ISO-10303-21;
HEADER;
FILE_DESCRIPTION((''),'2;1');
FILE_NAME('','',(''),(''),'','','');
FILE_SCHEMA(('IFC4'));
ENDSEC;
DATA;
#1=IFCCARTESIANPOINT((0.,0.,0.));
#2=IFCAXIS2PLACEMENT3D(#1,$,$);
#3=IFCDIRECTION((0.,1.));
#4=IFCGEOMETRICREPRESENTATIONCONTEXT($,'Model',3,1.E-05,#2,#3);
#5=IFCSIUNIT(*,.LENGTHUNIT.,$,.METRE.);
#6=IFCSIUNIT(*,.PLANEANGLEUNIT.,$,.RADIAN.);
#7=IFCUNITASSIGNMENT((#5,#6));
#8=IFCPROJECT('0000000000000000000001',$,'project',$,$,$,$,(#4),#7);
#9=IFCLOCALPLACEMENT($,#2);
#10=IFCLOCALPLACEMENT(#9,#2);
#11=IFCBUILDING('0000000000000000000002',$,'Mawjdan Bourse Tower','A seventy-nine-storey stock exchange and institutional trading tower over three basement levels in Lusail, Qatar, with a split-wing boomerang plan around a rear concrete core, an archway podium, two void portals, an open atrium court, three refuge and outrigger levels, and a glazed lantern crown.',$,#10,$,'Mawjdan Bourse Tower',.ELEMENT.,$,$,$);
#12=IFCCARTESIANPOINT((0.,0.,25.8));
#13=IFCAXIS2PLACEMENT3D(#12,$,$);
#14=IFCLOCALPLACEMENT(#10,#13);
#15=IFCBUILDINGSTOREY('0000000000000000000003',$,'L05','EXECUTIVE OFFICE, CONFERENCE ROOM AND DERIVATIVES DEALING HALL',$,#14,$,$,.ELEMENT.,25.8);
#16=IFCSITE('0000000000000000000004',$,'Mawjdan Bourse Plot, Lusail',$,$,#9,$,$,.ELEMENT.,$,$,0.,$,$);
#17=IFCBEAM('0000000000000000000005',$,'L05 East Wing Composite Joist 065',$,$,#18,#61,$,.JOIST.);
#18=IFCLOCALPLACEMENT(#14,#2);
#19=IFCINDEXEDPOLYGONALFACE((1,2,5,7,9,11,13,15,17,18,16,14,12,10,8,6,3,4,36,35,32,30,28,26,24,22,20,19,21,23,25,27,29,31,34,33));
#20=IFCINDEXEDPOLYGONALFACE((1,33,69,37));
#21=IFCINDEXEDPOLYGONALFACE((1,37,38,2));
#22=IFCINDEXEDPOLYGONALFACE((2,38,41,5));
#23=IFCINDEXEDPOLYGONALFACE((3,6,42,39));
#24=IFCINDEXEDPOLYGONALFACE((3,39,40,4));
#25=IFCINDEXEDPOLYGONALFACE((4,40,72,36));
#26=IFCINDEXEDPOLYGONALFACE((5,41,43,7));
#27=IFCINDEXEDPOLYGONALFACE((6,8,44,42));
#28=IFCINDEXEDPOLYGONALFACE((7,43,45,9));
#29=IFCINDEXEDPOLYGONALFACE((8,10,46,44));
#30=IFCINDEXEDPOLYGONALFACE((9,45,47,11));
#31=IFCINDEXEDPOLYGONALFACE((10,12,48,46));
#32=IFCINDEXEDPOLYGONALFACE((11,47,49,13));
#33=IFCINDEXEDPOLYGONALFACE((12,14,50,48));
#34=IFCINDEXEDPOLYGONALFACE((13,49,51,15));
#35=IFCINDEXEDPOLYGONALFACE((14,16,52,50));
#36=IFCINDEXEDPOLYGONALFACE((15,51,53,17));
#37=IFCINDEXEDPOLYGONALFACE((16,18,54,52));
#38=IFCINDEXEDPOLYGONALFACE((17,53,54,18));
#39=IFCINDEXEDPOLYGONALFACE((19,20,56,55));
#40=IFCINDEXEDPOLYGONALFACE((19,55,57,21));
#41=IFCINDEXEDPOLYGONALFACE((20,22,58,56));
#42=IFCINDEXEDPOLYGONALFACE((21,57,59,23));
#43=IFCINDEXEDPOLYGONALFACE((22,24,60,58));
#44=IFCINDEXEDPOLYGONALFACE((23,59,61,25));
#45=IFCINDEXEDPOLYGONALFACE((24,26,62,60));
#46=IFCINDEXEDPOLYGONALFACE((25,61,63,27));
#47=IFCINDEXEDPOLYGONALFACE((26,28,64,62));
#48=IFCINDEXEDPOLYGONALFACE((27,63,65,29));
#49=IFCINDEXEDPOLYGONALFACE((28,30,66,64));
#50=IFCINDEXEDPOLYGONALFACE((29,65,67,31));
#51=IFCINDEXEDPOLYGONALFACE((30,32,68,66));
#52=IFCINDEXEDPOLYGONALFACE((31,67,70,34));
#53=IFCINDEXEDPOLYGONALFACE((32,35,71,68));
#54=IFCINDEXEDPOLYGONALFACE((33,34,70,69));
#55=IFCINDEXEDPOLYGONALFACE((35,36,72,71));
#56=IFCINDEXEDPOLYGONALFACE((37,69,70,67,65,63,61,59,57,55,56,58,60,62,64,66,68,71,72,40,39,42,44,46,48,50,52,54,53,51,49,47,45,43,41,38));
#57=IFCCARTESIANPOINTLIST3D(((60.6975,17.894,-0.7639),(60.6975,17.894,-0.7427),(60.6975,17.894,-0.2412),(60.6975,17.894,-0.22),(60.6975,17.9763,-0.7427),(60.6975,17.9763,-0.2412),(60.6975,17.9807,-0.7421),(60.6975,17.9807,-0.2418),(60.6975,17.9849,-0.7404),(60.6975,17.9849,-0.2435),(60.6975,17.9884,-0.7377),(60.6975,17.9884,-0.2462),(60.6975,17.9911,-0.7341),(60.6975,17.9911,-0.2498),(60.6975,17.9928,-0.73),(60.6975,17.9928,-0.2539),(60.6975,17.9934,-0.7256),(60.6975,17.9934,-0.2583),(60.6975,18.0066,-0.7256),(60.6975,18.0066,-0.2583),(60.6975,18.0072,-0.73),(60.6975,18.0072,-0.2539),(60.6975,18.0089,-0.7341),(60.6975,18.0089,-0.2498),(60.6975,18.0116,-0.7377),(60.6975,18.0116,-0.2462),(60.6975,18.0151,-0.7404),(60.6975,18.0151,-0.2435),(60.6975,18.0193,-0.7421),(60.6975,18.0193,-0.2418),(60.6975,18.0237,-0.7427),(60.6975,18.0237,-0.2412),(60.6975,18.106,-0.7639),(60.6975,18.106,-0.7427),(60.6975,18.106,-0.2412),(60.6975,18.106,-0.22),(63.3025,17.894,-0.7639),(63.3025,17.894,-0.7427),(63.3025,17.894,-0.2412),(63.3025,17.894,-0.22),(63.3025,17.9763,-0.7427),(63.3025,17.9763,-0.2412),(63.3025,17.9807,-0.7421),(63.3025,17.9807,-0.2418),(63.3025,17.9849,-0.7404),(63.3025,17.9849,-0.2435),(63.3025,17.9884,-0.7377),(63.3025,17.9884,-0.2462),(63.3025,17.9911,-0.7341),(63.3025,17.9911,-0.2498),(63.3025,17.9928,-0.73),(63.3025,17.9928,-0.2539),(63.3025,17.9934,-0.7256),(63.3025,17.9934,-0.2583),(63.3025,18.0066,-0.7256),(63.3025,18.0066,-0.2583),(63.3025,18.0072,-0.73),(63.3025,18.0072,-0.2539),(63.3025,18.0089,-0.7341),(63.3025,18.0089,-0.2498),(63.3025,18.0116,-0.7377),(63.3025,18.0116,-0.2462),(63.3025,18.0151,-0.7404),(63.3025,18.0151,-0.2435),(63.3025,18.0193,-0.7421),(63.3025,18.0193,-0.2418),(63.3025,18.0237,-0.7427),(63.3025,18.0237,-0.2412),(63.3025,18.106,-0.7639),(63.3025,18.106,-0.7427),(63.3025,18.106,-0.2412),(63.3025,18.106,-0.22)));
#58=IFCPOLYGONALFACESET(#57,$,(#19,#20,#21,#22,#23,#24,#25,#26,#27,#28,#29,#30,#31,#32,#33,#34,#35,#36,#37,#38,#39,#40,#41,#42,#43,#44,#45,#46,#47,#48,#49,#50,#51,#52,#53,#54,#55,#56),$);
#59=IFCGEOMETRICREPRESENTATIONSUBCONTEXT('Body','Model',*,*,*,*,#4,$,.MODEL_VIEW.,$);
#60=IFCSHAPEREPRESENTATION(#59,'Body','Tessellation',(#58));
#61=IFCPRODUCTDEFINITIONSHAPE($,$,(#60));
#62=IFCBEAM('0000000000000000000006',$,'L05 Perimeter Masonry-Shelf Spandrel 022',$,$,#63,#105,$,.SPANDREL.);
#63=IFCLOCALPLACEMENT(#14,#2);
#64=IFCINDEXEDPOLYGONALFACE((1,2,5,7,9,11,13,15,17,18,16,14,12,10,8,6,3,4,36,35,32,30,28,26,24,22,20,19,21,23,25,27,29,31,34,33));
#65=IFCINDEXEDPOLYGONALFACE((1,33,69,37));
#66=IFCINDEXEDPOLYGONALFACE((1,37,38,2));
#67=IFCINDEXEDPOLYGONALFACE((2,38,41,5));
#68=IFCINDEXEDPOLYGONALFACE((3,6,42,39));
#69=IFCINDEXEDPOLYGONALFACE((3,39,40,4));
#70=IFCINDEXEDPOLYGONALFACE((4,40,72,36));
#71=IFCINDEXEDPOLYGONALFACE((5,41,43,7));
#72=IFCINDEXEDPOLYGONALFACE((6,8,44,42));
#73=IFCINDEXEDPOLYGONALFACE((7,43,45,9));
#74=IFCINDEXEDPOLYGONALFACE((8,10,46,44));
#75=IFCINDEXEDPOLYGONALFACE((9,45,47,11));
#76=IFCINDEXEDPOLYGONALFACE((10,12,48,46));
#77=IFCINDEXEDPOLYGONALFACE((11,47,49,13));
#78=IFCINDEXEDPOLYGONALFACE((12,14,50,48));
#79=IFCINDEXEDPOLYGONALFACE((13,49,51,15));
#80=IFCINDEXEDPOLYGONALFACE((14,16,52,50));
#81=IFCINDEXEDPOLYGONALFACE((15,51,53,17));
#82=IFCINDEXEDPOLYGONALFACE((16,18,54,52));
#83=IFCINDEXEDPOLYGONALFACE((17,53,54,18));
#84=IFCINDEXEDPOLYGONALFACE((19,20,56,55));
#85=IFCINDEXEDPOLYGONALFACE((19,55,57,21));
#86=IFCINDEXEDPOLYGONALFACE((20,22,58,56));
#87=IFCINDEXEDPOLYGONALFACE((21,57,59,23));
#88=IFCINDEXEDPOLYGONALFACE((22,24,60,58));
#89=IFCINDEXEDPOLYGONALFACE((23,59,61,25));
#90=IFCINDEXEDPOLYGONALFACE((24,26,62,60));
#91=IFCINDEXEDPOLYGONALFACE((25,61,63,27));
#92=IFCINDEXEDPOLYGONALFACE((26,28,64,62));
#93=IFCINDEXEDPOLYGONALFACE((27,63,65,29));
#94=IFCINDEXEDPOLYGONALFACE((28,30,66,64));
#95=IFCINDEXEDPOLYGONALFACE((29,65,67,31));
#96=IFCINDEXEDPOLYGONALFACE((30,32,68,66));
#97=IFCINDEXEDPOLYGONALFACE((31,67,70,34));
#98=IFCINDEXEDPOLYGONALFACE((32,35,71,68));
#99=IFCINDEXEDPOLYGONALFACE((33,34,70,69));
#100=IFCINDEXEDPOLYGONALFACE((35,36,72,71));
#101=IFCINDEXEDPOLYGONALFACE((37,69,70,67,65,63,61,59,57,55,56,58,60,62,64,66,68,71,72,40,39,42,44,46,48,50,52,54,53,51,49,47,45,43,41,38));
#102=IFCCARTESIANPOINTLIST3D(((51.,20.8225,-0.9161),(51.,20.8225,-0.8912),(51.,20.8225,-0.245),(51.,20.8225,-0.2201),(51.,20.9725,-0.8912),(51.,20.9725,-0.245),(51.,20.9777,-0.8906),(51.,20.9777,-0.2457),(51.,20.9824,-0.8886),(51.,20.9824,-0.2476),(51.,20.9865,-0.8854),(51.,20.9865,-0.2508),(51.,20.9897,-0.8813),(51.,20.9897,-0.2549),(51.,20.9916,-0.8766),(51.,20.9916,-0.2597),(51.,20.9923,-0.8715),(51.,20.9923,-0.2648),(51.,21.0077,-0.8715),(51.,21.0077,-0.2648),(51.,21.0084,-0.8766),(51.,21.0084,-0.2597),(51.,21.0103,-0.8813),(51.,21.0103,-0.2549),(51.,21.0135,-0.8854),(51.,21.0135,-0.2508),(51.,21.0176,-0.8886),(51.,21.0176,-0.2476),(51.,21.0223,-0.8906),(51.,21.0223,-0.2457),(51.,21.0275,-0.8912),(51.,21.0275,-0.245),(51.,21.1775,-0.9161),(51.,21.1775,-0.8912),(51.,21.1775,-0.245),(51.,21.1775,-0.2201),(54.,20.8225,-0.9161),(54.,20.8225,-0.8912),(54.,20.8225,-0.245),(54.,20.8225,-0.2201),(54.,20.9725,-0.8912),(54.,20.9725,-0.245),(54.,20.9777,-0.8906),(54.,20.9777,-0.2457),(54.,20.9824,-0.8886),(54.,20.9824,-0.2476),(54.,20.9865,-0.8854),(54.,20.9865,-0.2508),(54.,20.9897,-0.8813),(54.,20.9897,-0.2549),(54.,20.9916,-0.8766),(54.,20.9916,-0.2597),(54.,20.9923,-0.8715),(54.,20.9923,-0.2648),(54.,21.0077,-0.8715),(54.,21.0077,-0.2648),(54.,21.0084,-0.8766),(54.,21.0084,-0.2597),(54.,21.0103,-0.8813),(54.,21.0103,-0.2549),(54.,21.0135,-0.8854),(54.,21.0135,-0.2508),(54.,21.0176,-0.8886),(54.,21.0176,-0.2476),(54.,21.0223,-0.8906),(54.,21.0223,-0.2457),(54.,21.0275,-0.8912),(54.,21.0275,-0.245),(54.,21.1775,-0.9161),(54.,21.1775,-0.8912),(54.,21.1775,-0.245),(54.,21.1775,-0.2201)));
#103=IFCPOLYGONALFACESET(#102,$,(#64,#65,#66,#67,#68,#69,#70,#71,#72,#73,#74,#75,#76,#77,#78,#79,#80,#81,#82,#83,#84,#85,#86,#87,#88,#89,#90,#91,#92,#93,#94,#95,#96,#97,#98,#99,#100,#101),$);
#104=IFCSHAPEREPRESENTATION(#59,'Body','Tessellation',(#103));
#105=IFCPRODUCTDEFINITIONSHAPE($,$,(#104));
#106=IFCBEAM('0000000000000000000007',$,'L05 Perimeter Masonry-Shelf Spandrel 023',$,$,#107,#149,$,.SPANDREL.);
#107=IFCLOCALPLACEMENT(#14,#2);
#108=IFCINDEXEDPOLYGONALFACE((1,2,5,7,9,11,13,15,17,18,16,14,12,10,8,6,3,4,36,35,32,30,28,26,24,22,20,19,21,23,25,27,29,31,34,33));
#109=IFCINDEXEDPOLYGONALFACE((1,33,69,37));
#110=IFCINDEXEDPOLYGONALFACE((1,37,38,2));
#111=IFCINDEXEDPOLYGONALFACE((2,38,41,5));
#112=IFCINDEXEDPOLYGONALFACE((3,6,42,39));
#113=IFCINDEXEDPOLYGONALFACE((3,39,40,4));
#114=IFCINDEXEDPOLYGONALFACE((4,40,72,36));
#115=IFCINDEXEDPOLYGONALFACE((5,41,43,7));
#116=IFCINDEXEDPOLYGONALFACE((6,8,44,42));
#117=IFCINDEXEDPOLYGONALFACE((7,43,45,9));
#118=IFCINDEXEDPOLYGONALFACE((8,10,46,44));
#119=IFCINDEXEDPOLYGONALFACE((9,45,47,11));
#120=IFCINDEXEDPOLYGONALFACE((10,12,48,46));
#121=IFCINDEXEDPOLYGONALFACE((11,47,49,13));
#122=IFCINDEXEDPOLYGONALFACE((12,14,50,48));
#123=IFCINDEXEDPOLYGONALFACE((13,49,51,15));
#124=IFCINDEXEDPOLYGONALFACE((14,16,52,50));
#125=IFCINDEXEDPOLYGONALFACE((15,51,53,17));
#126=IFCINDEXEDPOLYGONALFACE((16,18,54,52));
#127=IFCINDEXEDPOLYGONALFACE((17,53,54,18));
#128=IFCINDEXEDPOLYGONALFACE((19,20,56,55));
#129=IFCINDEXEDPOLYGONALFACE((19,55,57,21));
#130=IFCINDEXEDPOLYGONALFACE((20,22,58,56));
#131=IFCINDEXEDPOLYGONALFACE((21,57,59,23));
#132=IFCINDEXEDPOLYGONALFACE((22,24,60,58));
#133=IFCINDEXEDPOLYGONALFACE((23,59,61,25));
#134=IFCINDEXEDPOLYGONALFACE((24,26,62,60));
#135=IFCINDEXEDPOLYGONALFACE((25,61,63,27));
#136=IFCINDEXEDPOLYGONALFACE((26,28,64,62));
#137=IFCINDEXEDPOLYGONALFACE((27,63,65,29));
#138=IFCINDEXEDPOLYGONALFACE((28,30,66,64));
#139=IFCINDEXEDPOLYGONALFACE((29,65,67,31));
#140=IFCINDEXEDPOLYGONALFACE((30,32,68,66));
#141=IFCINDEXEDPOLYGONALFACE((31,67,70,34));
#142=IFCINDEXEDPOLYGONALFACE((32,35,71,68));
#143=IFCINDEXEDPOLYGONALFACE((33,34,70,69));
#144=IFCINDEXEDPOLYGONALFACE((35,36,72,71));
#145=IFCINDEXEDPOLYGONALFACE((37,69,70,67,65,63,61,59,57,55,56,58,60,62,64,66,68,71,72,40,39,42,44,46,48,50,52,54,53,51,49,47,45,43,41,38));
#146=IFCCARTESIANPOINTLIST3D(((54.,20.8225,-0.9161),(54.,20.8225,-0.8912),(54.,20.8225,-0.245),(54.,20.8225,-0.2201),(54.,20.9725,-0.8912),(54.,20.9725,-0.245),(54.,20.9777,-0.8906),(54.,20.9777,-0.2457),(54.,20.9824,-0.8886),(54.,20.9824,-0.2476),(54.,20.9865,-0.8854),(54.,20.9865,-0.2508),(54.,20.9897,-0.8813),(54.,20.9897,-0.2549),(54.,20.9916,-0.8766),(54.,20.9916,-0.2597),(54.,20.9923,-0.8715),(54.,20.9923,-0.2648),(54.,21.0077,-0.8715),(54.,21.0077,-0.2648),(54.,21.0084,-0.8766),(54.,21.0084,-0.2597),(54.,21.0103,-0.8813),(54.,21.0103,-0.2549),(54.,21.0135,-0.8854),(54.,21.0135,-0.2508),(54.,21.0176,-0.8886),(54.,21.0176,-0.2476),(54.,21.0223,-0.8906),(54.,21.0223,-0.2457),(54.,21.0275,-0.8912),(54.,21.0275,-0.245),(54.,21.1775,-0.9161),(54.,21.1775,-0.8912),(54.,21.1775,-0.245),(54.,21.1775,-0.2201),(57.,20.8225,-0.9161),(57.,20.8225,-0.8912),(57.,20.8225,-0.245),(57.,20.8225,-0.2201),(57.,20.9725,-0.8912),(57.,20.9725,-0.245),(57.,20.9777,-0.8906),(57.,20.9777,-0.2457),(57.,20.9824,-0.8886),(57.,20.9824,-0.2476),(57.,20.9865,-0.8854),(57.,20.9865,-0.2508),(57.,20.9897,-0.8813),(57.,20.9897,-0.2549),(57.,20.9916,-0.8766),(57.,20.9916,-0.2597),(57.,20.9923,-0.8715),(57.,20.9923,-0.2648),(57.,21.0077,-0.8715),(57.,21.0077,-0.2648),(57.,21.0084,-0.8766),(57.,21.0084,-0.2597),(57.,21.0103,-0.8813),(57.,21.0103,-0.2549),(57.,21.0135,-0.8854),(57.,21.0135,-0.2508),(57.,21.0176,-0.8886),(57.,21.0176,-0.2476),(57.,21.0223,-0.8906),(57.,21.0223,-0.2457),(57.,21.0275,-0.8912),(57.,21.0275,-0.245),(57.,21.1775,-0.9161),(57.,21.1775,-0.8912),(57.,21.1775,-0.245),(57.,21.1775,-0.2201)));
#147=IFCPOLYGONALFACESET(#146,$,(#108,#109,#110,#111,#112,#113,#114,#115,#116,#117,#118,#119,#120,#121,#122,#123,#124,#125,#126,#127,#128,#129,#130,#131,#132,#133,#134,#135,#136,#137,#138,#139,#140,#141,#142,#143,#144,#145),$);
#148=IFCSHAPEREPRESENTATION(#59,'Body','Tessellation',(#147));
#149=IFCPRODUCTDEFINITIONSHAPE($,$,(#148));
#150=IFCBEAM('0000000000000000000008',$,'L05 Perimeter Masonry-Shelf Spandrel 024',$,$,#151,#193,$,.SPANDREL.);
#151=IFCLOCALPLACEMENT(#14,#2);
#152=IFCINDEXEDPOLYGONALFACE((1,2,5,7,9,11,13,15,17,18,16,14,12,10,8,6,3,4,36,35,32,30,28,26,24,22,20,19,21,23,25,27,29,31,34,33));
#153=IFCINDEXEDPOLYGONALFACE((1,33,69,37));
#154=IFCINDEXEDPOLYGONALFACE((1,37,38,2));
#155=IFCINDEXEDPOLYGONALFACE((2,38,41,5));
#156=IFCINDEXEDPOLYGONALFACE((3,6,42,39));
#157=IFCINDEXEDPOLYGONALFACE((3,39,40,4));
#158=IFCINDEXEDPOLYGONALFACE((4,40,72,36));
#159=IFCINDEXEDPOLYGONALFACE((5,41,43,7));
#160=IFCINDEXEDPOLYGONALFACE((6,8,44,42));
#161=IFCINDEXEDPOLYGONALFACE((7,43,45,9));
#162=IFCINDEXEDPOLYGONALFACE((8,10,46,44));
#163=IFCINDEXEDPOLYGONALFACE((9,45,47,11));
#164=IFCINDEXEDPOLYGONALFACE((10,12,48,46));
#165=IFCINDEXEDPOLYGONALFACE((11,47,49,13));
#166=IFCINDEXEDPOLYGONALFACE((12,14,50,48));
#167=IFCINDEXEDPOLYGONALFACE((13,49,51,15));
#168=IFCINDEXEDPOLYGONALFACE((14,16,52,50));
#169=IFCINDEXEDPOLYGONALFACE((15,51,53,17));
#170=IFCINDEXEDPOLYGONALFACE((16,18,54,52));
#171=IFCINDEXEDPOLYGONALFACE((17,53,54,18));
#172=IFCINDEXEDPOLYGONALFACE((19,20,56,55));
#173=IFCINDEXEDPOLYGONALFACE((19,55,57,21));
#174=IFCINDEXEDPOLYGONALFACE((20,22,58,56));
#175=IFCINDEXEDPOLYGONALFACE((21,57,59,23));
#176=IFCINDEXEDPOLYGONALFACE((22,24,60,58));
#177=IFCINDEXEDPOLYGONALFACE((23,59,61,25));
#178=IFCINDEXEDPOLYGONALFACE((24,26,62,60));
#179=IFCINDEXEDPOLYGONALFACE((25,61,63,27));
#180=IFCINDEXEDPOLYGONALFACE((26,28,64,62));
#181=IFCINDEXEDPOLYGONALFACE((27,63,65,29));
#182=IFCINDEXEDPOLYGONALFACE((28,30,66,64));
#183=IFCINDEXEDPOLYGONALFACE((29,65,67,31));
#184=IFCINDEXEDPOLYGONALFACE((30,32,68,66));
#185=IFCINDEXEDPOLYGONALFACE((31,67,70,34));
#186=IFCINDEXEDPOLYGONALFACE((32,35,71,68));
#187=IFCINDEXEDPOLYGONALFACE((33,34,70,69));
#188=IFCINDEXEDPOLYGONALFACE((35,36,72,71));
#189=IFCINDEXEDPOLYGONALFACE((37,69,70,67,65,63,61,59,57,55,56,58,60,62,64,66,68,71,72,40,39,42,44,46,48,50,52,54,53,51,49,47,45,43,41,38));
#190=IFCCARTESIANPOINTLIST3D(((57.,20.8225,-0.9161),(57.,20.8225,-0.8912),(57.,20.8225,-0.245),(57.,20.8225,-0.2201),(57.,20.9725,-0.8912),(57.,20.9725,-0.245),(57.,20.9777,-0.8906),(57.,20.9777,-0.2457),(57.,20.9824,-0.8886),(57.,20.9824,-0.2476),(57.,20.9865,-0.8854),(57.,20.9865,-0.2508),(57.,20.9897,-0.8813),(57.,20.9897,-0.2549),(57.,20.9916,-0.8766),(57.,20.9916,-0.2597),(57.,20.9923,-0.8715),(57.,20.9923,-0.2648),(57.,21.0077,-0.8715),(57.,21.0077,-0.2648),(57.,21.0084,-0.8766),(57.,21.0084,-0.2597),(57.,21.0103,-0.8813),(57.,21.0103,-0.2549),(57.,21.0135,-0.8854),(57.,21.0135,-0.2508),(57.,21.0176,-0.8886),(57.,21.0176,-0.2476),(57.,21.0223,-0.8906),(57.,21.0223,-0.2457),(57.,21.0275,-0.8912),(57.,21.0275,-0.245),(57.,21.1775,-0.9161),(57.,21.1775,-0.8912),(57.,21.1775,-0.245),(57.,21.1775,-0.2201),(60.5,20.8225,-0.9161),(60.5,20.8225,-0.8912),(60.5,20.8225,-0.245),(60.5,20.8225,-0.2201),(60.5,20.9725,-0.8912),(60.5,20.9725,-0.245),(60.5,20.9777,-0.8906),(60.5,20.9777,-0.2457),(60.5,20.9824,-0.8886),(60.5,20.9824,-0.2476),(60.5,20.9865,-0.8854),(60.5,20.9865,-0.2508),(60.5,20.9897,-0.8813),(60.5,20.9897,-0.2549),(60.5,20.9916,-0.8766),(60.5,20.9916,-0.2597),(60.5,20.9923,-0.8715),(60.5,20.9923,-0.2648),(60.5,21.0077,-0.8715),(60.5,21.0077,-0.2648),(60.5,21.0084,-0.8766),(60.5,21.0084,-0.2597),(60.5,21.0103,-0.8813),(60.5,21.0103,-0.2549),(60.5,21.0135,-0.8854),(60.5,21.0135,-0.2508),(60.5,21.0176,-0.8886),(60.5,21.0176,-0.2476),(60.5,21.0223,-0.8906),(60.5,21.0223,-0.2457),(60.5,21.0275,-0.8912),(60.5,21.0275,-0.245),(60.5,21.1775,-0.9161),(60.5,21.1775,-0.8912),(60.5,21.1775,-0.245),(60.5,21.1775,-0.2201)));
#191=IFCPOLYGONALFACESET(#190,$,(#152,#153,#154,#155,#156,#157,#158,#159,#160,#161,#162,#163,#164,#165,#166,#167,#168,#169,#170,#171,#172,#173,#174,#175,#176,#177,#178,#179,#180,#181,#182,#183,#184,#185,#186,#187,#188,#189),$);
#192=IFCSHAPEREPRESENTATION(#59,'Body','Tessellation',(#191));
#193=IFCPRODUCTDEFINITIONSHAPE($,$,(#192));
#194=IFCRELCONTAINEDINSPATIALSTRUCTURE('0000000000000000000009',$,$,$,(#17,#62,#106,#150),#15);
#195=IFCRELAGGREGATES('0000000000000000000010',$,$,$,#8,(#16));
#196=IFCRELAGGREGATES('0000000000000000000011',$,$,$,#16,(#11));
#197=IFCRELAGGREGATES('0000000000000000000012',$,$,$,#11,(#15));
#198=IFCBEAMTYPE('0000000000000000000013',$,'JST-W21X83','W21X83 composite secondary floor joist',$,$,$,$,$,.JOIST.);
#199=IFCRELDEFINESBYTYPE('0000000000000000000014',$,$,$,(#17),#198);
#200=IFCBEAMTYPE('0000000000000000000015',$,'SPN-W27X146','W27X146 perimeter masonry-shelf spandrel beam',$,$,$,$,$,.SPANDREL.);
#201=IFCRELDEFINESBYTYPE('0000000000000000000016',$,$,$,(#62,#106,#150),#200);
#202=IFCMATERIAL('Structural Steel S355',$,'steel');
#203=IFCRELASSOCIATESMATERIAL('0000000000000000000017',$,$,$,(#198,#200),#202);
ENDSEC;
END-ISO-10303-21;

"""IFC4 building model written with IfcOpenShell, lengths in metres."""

from ifc_helpers import new_model, si_unit, direction, frame, origin, origin_2d, place, context, subcontext, project, spatial, i_section, extrude, material, material_profile, profile_set, type_object, element, save


model = new_model("IFC4")

# Units and contexts
model_context = context("Model", 3, precision=1e-05, world=origin(), true_north=direction((0.0, 1.0)))
body_context = subcontext(model_context, "Body", "Model", "MODEL_VIEW")
ifc_project = project(units=[si_unit("LENGTHUNIT", "METRE"), si_unit("PLANEANGLEUNIT", "RADIAN")], contexts=[model_context])

# Site, building, storey
site_placement = place(None, origin())
site = spatial("IfcSite", under=ifc_project, at=site_placement, Name="Mawjdan Bourse Plot, Lusail", CompositionType="ELEMENT", RefElevation=0.0)
building_placement = place(site_placement, origin())
building = spatial("IfcBuilding", under=site, at=building_placement, Name="Mawjdan Bourse Tower", Description="A seventy-nine-storey stock exchange and institutional trading tower over three basement levels in Lusail, Qatar, with a split-wing boomerang plan around a rear concrete core, an archway podium, two void portals, an open atrium court, three refuge and outrigger levels, and a glazed lantern crown.", LongName="Mawjdan Bourse Tower", CompositionType="ELEMENT")
storey_placement = place(building_placement, frame((0.0, 0.0, 25.8)))
storey = spatial("IfcBuildingStorey", under=building, at=storey_placement, Name="L05", Description="EXECUTIVE OFFICE, CONFERENCE ROOM AND DERIVATIVES DEALING HALL", CompositionType="ELEMENT", Elevation=25.8)

# Beams
ifc_material_1 = material(Name="Structural Steel S355", Category="steel")
ifc_material_profile_1 = material_profile(ifc_material_1, i_section(OverallWidth=0.2119, OverallDepth=0.5439, WebThickness=0.0132, FlangeThickness=0.0212, FilletRadius=0.0171, at=origin_2d()), Name="W21X83")
ifc_profile_set_1 = profile_set([ifc_material_profile_1], Name="Structural Steel S355")
beam_type_1 = type_object("IfcBeamType", Name="JST-W21X83", Description="W21X83 composite secondary floor joist", PredefinedType="JOIST", material=ifc_profile_set_1)
beam_1_placement = place(storey_placement, frame((60.6975, 18.0, -0.4919), z_axis=(1.0, 0.0, 0.0), x_axis=(0.0, 1.0, 0.0)))
element("IfcBeam", 1, at=beam_1_placement, inside=storey, type_object=beam_type_1, Name="L05 East Wing Composite Joist 065", PredefinedType="JOIST", context=body_context, shape_type="SweptSolid", body=[
    extrude(i_section(OverallWidth=0.2119, OverallDepth=0.5439, WebThickness=0.0132, FlangeThickness=0.0212, FilletRadius=0.0171, at=origin_2d()), origin(), (0.0, 0.0, 1.0), 2.605),
])
ifc_material_profile_2 = material_profile(ifc_material_1, i_section(OverallWidth=0.355, OverallDepth=0.696, WebThickness=0.0154, FlangeThickness=0.0249, FilletRadius=0.0198, at=origin_2d()), Name="W27X146")
ifc_profile_set_2 = profile_set([ifc_material_profile_2], Name="Structural Steel S355")
beam_type_2 = type_object("IfcBeamType", Name="SPN-W27X146", Description="W27X146 perimeter masonry-shelf spandrel beam", PredefinedType="SPANDREL", material=ifc_profile_set_2)
for number, where, z_axis, x_axis, name in (
    (2, (51.0, 21.0, -0.5681), (1.0, 0.0, 0.0), (0.0, 1.0, 0.0), "L05 Perimeter Masonry-Shelf Spandrel 022"),
    (3, (54.0, 21.0, -0.5681), (1.0, 0.0, 0.0), (0.0, 1.0, 0.0), "L05 Perimeter Masonry-Shelf Spandrel 023"),
):
    element("IfcBeam", number, at=place(storey_placement, frame(where, z_axis=z_axis, x_axis=x_axis)), inside=storey, type_object=beam_type_2, Name=name, PredefinedType="SPANDREL", context=body_context, shape_type="SweptSolid", body=[
        extrude(i_section(OverallWidth=0.355, OverallDepth=0.696, WebThickness=0.0154, FlangeThickness=0.0249, FilletRadius=0.0198, at=origin_2d()), origin(), (0.0, 0.0, 1.0), 3.0),
    ])
beam_2_placement = place(storey_placement, frame((57.0, 21.0, -0.5681), z_axis=(1.0, 0.0, 0.0), x_axis=(0.0, 1.0, 0.0)))
element("IfcBeam", 4, at=beam_2_placement, inside=storey, type_object=beam_type_2, Name="L05 Perimeter Masonry-Shelf Spandrel 024", PredefinedType="SPANDREL", context=body_context, shape_type="SweptSolid", body=[
    extrude(i_section(OverallWidth=0.355, OverallDepth=0.696, WebThickness=0.0154, FlangeThickness=0.0249, FilletRadius=0.0198, at=origin_2d()), origin(), (0.0, 0.0, 1.0), 3.5),
])

save(model, "model.ifc")
